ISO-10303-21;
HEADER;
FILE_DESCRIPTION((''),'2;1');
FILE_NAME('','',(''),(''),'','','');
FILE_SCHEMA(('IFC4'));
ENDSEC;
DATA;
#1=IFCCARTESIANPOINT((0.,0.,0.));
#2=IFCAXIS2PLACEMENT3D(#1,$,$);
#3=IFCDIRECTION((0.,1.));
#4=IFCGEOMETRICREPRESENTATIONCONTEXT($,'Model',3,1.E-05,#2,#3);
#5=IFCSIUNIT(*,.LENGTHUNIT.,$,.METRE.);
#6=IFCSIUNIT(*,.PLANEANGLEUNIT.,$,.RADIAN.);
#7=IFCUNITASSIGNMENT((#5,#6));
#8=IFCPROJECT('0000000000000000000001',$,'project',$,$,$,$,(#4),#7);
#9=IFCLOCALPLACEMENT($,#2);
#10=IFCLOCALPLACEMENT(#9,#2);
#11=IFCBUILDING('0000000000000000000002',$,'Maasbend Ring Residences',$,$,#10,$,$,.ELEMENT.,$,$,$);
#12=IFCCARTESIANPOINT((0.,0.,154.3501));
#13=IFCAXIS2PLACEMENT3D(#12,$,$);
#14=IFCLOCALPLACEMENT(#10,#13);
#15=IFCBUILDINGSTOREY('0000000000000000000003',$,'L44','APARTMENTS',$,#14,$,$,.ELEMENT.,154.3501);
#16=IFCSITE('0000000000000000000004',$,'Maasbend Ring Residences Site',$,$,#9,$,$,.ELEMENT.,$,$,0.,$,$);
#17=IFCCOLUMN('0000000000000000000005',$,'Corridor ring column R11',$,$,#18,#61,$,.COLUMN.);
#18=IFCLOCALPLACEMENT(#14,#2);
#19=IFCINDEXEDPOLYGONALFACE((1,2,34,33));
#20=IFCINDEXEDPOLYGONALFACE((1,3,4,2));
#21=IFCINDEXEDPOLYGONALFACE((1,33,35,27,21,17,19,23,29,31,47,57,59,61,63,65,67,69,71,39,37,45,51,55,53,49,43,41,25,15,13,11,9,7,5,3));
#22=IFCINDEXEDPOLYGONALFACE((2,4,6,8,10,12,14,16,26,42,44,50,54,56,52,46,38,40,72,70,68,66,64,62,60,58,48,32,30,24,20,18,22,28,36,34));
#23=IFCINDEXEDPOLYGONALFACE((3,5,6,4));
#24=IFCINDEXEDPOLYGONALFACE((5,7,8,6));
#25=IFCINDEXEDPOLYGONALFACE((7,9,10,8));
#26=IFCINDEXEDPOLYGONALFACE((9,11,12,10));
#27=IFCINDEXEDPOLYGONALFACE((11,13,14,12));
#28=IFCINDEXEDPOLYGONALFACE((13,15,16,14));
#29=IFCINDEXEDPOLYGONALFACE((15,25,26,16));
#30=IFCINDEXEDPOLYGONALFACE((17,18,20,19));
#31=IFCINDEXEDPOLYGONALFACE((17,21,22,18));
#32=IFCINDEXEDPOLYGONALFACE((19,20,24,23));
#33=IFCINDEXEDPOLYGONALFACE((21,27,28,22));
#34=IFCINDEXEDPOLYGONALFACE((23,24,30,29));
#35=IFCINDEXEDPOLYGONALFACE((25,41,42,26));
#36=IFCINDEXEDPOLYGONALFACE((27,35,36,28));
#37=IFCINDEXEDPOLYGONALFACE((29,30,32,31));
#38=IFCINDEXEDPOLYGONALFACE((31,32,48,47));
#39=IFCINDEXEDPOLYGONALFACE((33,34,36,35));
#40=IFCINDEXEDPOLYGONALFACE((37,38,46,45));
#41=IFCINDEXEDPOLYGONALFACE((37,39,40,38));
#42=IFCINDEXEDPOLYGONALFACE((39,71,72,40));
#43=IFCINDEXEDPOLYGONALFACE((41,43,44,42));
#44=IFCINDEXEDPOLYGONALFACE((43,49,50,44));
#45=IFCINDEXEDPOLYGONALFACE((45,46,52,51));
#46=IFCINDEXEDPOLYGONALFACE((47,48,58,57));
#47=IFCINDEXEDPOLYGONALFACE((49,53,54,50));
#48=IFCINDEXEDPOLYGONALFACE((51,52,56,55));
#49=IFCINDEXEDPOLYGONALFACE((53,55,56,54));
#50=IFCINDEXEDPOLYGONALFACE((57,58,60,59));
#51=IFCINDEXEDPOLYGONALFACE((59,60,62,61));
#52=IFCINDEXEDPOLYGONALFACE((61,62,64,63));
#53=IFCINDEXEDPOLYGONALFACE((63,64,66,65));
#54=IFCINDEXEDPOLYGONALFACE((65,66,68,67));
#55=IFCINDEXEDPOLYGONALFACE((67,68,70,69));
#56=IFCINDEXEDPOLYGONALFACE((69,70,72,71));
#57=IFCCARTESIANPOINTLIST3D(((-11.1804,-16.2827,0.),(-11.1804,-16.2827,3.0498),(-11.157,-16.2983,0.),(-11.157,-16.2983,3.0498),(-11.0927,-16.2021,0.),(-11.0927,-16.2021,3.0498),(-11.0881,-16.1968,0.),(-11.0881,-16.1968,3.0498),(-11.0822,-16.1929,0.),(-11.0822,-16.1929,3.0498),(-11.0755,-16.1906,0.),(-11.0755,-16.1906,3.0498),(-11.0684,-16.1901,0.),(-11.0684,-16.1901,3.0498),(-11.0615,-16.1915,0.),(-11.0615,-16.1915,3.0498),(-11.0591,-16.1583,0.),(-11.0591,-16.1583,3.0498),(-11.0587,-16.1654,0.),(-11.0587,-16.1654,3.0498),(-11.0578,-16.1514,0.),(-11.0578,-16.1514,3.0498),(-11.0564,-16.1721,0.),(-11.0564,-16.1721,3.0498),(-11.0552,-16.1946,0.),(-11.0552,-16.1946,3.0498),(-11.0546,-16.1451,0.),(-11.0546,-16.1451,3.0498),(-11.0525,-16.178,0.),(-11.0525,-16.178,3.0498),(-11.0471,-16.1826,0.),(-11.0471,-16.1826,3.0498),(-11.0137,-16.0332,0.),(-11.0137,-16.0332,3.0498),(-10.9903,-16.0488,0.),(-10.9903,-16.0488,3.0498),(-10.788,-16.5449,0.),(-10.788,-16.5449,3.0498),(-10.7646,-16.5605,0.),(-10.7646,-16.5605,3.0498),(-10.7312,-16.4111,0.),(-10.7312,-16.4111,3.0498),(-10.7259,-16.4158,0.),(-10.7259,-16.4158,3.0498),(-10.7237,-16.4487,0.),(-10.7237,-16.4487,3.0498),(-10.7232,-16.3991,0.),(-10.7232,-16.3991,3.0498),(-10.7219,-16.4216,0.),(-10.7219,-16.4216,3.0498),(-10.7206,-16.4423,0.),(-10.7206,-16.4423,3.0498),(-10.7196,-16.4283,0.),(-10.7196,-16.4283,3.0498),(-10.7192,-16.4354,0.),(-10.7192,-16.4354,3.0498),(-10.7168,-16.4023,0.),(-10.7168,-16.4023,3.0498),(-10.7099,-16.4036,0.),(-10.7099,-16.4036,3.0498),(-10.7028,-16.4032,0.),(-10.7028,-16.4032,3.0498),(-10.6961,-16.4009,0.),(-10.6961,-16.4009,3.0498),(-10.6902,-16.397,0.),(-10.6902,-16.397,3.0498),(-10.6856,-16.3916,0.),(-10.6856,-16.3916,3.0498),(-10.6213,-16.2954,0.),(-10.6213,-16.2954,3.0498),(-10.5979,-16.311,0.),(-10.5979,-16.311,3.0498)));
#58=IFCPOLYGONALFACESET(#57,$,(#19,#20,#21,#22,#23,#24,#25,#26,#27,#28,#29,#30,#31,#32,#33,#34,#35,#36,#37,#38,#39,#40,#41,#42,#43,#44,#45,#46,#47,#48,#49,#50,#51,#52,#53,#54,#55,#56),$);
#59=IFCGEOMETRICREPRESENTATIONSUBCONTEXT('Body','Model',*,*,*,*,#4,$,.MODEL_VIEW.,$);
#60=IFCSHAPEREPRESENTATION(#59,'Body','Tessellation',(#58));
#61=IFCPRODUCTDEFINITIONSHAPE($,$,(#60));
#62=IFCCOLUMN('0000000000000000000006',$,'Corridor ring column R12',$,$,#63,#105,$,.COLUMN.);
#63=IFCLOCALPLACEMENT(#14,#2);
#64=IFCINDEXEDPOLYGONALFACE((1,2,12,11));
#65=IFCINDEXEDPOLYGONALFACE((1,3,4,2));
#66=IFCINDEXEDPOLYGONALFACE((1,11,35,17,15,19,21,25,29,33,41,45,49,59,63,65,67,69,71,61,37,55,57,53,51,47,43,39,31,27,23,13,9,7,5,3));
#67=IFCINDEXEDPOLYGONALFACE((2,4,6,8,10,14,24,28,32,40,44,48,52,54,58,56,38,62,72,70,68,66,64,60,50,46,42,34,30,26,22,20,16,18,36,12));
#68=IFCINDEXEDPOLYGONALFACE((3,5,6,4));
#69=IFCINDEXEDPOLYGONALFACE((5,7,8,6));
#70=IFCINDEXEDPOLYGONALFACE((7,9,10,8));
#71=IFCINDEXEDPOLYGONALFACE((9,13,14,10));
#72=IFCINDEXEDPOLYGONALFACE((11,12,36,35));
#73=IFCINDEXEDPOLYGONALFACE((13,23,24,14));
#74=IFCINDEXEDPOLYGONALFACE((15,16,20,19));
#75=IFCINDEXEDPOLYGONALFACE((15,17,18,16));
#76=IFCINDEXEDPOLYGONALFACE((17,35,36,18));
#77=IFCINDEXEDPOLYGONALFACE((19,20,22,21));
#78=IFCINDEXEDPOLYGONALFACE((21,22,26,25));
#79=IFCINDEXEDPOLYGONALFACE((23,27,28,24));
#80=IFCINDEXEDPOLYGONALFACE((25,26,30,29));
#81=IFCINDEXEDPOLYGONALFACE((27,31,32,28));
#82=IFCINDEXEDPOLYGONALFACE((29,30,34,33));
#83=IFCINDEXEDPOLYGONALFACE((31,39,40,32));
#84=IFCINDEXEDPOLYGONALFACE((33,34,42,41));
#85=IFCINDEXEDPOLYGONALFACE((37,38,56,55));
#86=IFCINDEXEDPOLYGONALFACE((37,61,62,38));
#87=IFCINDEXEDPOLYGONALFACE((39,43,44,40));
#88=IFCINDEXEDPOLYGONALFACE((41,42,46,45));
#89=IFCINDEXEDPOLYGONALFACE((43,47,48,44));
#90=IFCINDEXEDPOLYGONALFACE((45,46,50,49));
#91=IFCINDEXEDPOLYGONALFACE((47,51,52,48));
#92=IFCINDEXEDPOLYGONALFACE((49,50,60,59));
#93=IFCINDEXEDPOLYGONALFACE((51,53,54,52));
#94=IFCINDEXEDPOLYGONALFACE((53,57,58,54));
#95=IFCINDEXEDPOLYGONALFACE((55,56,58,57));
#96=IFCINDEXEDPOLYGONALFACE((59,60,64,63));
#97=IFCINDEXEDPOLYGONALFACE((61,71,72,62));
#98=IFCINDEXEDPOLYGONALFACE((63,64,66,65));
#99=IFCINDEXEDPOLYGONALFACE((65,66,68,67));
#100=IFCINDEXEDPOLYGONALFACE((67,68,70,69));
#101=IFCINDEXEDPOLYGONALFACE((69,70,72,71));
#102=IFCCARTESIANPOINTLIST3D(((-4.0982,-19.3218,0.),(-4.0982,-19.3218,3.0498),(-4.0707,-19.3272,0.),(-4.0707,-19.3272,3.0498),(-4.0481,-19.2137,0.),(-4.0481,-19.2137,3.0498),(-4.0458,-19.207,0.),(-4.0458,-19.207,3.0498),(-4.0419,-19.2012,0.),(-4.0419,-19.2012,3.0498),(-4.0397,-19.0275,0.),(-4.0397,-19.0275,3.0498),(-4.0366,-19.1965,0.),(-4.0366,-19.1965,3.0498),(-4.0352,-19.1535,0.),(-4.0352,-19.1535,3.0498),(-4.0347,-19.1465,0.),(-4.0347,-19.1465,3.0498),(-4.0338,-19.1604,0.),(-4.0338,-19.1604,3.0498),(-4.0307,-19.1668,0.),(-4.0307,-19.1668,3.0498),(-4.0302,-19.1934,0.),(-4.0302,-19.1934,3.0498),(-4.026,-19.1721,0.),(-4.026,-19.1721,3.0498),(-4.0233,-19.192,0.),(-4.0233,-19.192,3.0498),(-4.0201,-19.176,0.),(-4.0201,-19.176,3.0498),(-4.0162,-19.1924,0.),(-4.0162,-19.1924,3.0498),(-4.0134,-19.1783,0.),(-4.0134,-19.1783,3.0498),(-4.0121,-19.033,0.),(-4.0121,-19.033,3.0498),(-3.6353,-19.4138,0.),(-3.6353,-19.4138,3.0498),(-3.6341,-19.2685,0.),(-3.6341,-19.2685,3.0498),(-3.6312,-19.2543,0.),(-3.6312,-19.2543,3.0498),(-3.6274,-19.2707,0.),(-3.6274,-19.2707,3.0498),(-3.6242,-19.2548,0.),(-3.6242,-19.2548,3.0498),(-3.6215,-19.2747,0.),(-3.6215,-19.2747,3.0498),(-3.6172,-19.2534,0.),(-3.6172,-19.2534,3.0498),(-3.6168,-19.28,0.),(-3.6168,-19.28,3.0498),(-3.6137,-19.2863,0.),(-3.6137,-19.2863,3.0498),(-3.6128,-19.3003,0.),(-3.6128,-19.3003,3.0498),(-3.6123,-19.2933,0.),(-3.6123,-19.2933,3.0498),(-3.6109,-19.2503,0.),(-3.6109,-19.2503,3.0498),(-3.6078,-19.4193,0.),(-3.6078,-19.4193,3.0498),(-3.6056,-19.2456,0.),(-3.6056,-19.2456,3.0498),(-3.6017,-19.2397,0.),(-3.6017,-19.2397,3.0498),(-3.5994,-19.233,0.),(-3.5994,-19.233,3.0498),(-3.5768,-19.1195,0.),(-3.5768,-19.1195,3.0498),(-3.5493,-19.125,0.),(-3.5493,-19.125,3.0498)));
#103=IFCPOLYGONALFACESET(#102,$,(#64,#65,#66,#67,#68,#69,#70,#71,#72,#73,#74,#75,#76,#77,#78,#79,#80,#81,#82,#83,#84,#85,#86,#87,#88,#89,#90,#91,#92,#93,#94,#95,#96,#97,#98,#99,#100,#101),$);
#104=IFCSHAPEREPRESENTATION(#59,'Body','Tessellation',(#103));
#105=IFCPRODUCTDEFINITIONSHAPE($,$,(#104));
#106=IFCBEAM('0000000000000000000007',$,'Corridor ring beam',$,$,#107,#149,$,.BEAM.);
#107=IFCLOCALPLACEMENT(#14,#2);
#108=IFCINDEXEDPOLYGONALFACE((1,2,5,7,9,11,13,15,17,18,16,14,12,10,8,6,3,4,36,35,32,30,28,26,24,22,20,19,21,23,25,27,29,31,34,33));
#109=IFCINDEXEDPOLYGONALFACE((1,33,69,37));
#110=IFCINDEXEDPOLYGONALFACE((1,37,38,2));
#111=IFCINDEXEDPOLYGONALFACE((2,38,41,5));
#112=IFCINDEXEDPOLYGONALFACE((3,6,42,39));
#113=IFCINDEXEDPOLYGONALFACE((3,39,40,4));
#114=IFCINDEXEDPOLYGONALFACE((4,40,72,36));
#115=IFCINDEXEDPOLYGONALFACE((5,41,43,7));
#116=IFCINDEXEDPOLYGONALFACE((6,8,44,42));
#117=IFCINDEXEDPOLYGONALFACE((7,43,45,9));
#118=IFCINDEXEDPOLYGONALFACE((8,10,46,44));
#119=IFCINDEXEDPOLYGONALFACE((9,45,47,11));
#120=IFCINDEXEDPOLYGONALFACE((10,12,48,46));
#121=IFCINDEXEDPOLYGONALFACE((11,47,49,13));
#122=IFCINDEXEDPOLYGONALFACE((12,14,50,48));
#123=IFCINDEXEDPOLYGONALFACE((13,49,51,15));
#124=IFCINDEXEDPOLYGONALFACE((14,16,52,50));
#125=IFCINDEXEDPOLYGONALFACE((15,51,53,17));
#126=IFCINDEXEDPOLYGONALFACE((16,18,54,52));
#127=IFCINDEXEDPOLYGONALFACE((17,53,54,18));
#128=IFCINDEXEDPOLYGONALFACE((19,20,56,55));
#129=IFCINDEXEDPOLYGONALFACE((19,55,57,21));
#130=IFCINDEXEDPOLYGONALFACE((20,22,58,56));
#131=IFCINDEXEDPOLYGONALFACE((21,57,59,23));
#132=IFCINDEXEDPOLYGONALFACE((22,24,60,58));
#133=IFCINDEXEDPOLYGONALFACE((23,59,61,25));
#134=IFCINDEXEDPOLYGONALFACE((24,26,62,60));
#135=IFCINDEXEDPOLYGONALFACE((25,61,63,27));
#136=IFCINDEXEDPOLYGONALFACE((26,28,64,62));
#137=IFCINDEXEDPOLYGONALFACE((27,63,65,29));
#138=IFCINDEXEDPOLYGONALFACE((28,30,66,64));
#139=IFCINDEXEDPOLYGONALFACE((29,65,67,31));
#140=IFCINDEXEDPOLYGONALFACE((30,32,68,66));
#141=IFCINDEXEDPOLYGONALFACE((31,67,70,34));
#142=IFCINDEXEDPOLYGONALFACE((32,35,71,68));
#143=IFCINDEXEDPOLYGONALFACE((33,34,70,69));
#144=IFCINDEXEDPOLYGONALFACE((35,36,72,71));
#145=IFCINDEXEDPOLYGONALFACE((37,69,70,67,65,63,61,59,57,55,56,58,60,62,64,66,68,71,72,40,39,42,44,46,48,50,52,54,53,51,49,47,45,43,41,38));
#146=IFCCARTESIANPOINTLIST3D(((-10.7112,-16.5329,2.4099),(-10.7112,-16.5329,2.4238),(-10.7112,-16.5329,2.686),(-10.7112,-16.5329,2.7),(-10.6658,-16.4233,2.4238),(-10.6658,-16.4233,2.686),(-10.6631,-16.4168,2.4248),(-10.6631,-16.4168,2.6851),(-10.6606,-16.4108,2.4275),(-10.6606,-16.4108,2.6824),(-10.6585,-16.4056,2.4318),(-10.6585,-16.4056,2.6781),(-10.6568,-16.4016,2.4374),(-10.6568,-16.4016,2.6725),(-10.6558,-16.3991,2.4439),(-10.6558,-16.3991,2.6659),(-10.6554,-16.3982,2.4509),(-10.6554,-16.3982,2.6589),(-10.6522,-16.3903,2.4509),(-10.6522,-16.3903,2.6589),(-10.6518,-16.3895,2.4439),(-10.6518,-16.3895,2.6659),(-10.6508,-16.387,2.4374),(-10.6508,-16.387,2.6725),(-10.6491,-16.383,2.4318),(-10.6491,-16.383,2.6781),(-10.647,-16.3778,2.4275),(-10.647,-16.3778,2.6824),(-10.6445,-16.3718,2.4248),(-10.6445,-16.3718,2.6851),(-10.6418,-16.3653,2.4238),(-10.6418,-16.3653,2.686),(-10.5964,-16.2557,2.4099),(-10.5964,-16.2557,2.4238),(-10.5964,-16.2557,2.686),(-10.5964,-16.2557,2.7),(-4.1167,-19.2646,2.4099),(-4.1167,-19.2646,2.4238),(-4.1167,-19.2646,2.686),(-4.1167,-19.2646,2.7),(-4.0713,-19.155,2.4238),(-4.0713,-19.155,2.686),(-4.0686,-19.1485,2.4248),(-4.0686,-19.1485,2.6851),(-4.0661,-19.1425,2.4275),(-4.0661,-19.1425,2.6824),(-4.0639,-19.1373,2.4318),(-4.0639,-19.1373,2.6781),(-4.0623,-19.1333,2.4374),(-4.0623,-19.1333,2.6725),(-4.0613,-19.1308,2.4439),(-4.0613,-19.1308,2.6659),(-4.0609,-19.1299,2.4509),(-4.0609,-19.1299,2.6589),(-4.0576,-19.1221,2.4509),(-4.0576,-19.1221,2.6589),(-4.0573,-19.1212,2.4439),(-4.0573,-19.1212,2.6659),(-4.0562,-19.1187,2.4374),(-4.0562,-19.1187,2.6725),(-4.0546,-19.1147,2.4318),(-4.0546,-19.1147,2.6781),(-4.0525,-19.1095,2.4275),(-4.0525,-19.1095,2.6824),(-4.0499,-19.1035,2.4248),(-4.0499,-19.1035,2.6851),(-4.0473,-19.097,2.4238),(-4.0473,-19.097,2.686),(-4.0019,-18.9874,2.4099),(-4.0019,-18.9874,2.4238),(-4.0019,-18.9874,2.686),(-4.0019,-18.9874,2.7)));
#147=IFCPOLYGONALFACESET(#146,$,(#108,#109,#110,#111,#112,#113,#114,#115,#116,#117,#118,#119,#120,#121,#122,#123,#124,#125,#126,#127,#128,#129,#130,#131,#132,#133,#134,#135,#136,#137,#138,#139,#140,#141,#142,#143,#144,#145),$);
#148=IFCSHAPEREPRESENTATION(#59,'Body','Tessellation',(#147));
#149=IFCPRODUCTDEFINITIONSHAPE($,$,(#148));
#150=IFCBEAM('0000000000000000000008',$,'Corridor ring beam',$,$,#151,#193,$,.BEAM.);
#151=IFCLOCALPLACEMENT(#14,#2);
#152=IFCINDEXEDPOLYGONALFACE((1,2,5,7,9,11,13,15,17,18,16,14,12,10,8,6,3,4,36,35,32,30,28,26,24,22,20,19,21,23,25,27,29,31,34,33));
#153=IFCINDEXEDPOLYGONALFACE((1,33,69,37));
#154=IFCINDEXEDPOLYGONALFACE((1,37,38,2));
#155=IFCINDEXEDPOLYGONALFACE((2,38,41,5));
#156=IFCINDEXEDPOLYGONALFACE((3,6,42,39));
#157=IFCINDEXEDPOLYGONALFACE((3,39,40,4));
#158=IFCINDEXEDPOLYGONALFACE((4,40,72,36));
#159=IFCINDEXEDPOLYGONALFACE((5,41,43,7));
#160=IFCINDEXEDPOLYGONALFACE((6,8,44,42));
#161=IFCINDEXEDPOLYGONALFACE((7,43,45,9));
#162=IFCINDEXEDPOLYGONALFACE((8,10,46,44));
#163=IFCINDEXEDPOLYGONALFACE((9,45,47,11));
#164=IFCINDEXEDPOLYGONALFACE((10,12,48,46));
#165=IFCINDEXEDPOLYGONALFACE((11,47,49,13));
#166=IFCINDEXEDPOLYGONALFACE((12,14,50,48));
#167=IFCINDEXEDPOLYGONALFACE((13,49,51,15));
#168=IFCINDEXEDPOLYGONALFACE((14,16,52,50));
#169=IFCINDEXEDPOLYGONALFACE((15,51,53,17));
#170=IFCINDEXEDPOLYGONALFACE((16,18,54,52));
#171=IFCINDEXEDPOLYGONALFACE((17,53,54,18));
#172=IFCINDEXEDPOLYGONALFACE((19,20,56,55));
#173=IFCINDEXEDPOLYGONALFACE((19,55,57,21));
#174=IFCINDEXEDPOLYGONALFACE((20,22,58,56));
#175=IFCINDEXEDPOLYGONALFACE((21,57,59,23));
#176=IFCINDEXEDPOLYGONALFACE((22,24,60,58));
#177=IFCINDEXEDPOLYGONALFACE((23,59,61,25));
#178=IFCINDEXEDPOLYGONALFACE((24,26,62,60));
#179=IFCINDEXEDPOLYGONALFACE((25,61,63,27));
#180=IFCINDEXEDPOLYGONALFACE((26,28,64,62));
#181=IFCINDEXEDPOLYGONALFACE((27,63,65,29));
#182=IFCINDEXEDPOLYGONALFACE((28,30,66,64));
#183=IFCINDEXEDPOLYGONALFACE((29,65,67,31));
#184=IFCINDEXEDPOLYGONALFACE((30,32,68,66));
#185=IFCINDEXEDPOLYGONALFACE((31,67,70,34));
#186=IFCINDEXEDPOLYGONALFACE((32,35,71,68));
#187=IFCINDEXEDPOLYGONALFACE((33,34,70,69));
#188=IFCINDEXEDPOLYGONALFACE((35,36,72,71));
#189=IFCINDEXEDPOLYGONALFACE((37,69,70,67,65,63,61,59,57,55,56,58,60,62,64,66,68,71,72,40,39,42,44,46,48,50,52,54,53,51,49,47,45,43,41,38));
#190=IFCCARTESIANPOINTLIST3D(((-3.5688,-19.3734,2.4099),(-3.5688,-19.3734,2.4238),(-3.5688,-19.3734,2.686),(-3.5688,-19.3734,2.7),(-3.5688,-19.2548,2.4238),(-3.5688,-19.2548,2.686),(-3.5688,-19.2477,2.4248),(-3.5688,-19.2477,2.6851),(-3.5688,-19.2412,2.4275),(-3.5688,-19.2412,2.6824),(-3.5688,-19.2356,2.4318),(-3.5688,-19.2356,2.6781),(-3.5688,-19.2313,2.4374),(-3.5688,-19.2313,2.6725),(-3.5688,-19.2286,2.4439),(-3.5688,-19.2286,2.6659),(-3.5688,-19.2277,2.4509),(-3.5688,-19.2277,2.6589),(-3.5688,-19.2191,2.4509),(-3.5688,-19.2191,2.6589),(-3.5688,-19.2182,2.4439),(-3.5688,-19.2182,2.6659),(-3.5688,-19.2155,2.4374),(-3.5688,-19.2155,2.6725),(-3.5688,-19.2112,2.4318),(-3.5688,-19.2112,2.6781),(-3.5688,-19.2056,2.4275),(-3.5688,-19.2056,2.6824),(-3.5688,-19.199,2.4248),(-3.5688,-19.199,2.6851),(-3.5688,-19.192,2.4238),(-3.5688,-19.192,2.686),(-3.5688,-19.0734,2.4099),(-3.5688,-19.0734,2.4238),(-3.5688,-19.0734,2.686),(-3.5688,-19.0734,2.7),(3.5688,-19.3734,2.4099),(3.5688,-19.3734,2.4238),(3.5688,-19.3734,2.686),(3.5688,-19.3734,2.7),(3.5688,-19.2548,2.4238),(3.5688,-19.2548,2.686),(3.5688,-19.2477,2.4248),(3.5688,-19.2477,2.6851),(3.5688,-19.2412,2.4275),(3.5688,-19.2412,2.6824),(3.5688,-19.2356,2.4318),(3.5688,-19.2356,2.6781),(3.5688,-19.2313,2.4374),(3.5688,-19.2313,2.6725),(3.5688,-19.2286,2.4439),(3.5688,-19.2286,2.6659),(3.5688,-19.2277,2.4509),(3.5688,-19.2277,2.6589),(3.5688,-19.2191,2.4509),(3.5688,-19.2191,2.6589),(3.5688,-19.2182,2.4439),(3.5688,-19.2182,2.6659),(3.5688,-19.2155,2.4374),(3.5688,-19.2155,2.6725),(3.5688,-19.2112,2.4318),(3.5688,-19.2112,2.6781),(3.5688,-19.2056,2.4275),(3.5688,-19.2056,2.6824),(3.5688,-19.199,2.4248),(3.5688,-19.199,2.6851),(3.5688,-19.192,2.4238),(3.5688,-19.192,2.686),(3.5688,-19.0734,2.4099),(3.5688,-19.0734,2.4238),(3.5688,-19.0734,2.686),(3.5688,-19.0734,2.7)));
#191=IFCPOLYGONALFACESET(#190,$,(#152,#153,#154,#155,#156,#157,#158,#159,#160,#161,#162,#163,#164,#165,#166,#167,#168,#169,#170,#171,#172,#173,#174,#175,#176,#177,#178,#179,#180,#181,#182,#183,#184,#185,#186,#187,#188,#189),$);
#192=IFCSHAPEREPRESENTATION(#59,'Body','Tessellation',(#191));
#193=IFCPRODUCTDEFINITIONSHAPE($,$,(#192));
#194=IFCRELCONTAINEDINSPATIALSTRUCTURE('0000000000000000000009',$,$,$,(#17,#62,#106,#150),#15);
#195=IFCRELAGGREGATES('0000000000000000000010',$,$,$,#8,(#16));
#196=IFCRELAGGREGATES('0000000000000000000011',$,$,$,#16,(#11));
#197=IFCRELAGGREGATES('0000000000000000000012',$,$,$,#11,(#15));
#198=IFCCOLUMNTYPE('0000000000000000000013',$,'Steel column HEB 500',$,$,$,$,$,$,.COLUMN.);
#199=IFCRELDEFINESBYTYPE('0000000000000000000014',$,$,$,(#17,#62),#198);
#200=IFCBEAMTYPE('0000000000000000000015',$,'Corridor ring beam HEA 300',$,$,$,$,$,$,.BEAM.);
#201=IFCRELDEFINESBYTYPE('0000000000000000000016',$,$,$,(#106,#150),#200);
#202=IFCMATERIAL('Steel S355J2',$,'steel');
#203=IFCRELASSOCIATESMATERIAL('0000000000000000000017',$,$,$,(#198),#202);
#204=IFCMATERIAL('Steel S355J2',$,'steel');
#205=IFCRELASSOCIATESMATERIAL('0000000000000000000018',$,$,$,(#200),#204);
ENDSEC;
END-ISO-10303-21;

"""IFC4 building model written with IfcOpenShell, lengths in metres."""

from ifc_helpers import new_model, si_unit, direction, frame, origin, origin_2d, place, context, subcontext, project, spatial, i_section, extrude, material, material_profile, profile_set, type_object, element, save


model = new_model("IFC4")

# Units and contexts
model_context = context("Model", 3, precision=1e-05, world=origin(), true_north=direction((0.0, 1.0)))
body_context = subcontext(model_context, "Body", "Model", "MODEL_VIEW")
ifc_project = project(units=[si_unit("LENGTHUNIT", "METRE"), si_unit("PLANEANGLEUNIT", "RADIAN")], contexts=[model_context])

# Site, building, storey
site_placement = place(None, origin())
site = spatial("IfcSite", under=ifc_project, at=site_placement, Name="Maasbend Ring Residences Site", CompositionType="ELEMENT", RefElevation=0.0)
building_placement = place(site_placement, origin())
building = spatial("IfcBuilding", under=site, at=building_placement, Name="Maasbend Ring Residences", CompositionType="ELEMENT")
storey_placement = place(building_placement, frame((0.0, 0.0, 154.3501)))
storey = spatial("IfcBuildingStorey", under=building, at=storey_placement, Name="L44", Description="APARTMENTS", CompositionType="ELEMENT", Elevation=154.3501)

# Columns
ifc_material_1 = material(Name="Steel S355J2", Category="steel")
ifc_material_profile_1 = material_profile(ifc_material_1, i_section(OverallWidth=0.3, OverallDepth=0.5, WebThickness=0.0144, FlangeThickness=0.0281, FilletRadius=0.0271, at=origin_2d()), Name="HEB 500")
ifc_profile_set_1 = profile_set([ifc_material_profile_1], Name="Steel S355J2")
column_type = type_object("IfcColumnType", Name="Steel column HEB 500", PredefinedType="COLUMN", material=ifc_profile_set_1)
for number, where, z_axis, x_axis, name in (
    (1, (-10.8892, -16.2969, 0.0), (0.0, 0.0, 1.0), (-0.55557, -0.83147, 0.0), "Corridor ring column R11"),
    (2, (-3.8237, -19.2234, 0.0), (0.0, 0.0, 1.0), (-0.19509, -0.980785, 0.0), "Corridor ring column R12"),
):
    element("IfcColumn", number, at=place(storey_placement, frame(where, z_axis=z_axis, x_axis=x_axis)), inside=storey, type_object=column_type, Name=name, PredefinedType="COLUMN", context=body_context, shape_type="SweptSolid", body=[
        extrude(i_section(OverallWidth=0.3, OverallDepth=0.5, WebThickness=0.0144, FlangeThickness=0.0281, FilletRadius=0.0271, at=origin_2d()), origin(), (0.0, 0.0, 1.0), 3.0498),
    ])

# Beams
ifc_material_2 = material(Name="Steel S355J2", Category="steel")
ifc_material_profile_2 = material_profile(ifc_material_2, i_section(OverallWidth=0.3, OverallDepth=0.29, WebThickness=0.0085, FlangeThickness=0.0139, FilletRadius=0.0271, at=origin_2d()), Name="HEA 300")
ifc_profile_set_2 = profile_set([ifc_material_profile_2], Name="Steel S355J2")
beam_type = type_object("IfcBeamType", Name="Corridor ring beam HEA 300", PredefinedType="BEAM", material=ifc_profile_set_2)
beam_1_placement = place(storey_placement, frame((-10.6538, -16.3943, 2.5549), z_axis=(0.923871, -0.382703, 0.0), x_axis=(0.382703, 0.923871, 0.0)))
element("IfcBeam", 3, at=beam_1_placement, inside=storey, type_object=beam_type, Name="Corridor ring beam", PredefinedType="BEAM", context=body_context, shape_type="SweptSolid", body=[
    extrude(i_section(OverallWidth=0.3, OverallDepth=0.29, WebThickness=0.0085, FlangeThickness=0.0139, FilletRadius=0.0271, at=origin_2d()), origin(), (0.0, 0.0, 1.0), 7.1379),
])
beam_2_placement = place(storey_placement, frame((-3.5688, -19.2234, 2.5549), z_axis=(1.0, 0.0, 0.0), x_axis=(0.0, 1.0, 0.0)))
element("IfcBeam", 4, at=beam_2_placement, inside=storey, type_object=beam_type, Name="Corridor ring beam", PredefinedType="BEAM", context=body_context, shape_type="SweptSolid", body=[
    extrude(i_section(OverallWidth=0.3, OverallDepth=0.29, WebThickness=0.0085, FlangeThickness=0.0139, FilletRadius=0.0271, at=origin_2d()), origin(), (0.0, 0.0, 1.0), 7.1377),
])

save(model, "model.ifc")
